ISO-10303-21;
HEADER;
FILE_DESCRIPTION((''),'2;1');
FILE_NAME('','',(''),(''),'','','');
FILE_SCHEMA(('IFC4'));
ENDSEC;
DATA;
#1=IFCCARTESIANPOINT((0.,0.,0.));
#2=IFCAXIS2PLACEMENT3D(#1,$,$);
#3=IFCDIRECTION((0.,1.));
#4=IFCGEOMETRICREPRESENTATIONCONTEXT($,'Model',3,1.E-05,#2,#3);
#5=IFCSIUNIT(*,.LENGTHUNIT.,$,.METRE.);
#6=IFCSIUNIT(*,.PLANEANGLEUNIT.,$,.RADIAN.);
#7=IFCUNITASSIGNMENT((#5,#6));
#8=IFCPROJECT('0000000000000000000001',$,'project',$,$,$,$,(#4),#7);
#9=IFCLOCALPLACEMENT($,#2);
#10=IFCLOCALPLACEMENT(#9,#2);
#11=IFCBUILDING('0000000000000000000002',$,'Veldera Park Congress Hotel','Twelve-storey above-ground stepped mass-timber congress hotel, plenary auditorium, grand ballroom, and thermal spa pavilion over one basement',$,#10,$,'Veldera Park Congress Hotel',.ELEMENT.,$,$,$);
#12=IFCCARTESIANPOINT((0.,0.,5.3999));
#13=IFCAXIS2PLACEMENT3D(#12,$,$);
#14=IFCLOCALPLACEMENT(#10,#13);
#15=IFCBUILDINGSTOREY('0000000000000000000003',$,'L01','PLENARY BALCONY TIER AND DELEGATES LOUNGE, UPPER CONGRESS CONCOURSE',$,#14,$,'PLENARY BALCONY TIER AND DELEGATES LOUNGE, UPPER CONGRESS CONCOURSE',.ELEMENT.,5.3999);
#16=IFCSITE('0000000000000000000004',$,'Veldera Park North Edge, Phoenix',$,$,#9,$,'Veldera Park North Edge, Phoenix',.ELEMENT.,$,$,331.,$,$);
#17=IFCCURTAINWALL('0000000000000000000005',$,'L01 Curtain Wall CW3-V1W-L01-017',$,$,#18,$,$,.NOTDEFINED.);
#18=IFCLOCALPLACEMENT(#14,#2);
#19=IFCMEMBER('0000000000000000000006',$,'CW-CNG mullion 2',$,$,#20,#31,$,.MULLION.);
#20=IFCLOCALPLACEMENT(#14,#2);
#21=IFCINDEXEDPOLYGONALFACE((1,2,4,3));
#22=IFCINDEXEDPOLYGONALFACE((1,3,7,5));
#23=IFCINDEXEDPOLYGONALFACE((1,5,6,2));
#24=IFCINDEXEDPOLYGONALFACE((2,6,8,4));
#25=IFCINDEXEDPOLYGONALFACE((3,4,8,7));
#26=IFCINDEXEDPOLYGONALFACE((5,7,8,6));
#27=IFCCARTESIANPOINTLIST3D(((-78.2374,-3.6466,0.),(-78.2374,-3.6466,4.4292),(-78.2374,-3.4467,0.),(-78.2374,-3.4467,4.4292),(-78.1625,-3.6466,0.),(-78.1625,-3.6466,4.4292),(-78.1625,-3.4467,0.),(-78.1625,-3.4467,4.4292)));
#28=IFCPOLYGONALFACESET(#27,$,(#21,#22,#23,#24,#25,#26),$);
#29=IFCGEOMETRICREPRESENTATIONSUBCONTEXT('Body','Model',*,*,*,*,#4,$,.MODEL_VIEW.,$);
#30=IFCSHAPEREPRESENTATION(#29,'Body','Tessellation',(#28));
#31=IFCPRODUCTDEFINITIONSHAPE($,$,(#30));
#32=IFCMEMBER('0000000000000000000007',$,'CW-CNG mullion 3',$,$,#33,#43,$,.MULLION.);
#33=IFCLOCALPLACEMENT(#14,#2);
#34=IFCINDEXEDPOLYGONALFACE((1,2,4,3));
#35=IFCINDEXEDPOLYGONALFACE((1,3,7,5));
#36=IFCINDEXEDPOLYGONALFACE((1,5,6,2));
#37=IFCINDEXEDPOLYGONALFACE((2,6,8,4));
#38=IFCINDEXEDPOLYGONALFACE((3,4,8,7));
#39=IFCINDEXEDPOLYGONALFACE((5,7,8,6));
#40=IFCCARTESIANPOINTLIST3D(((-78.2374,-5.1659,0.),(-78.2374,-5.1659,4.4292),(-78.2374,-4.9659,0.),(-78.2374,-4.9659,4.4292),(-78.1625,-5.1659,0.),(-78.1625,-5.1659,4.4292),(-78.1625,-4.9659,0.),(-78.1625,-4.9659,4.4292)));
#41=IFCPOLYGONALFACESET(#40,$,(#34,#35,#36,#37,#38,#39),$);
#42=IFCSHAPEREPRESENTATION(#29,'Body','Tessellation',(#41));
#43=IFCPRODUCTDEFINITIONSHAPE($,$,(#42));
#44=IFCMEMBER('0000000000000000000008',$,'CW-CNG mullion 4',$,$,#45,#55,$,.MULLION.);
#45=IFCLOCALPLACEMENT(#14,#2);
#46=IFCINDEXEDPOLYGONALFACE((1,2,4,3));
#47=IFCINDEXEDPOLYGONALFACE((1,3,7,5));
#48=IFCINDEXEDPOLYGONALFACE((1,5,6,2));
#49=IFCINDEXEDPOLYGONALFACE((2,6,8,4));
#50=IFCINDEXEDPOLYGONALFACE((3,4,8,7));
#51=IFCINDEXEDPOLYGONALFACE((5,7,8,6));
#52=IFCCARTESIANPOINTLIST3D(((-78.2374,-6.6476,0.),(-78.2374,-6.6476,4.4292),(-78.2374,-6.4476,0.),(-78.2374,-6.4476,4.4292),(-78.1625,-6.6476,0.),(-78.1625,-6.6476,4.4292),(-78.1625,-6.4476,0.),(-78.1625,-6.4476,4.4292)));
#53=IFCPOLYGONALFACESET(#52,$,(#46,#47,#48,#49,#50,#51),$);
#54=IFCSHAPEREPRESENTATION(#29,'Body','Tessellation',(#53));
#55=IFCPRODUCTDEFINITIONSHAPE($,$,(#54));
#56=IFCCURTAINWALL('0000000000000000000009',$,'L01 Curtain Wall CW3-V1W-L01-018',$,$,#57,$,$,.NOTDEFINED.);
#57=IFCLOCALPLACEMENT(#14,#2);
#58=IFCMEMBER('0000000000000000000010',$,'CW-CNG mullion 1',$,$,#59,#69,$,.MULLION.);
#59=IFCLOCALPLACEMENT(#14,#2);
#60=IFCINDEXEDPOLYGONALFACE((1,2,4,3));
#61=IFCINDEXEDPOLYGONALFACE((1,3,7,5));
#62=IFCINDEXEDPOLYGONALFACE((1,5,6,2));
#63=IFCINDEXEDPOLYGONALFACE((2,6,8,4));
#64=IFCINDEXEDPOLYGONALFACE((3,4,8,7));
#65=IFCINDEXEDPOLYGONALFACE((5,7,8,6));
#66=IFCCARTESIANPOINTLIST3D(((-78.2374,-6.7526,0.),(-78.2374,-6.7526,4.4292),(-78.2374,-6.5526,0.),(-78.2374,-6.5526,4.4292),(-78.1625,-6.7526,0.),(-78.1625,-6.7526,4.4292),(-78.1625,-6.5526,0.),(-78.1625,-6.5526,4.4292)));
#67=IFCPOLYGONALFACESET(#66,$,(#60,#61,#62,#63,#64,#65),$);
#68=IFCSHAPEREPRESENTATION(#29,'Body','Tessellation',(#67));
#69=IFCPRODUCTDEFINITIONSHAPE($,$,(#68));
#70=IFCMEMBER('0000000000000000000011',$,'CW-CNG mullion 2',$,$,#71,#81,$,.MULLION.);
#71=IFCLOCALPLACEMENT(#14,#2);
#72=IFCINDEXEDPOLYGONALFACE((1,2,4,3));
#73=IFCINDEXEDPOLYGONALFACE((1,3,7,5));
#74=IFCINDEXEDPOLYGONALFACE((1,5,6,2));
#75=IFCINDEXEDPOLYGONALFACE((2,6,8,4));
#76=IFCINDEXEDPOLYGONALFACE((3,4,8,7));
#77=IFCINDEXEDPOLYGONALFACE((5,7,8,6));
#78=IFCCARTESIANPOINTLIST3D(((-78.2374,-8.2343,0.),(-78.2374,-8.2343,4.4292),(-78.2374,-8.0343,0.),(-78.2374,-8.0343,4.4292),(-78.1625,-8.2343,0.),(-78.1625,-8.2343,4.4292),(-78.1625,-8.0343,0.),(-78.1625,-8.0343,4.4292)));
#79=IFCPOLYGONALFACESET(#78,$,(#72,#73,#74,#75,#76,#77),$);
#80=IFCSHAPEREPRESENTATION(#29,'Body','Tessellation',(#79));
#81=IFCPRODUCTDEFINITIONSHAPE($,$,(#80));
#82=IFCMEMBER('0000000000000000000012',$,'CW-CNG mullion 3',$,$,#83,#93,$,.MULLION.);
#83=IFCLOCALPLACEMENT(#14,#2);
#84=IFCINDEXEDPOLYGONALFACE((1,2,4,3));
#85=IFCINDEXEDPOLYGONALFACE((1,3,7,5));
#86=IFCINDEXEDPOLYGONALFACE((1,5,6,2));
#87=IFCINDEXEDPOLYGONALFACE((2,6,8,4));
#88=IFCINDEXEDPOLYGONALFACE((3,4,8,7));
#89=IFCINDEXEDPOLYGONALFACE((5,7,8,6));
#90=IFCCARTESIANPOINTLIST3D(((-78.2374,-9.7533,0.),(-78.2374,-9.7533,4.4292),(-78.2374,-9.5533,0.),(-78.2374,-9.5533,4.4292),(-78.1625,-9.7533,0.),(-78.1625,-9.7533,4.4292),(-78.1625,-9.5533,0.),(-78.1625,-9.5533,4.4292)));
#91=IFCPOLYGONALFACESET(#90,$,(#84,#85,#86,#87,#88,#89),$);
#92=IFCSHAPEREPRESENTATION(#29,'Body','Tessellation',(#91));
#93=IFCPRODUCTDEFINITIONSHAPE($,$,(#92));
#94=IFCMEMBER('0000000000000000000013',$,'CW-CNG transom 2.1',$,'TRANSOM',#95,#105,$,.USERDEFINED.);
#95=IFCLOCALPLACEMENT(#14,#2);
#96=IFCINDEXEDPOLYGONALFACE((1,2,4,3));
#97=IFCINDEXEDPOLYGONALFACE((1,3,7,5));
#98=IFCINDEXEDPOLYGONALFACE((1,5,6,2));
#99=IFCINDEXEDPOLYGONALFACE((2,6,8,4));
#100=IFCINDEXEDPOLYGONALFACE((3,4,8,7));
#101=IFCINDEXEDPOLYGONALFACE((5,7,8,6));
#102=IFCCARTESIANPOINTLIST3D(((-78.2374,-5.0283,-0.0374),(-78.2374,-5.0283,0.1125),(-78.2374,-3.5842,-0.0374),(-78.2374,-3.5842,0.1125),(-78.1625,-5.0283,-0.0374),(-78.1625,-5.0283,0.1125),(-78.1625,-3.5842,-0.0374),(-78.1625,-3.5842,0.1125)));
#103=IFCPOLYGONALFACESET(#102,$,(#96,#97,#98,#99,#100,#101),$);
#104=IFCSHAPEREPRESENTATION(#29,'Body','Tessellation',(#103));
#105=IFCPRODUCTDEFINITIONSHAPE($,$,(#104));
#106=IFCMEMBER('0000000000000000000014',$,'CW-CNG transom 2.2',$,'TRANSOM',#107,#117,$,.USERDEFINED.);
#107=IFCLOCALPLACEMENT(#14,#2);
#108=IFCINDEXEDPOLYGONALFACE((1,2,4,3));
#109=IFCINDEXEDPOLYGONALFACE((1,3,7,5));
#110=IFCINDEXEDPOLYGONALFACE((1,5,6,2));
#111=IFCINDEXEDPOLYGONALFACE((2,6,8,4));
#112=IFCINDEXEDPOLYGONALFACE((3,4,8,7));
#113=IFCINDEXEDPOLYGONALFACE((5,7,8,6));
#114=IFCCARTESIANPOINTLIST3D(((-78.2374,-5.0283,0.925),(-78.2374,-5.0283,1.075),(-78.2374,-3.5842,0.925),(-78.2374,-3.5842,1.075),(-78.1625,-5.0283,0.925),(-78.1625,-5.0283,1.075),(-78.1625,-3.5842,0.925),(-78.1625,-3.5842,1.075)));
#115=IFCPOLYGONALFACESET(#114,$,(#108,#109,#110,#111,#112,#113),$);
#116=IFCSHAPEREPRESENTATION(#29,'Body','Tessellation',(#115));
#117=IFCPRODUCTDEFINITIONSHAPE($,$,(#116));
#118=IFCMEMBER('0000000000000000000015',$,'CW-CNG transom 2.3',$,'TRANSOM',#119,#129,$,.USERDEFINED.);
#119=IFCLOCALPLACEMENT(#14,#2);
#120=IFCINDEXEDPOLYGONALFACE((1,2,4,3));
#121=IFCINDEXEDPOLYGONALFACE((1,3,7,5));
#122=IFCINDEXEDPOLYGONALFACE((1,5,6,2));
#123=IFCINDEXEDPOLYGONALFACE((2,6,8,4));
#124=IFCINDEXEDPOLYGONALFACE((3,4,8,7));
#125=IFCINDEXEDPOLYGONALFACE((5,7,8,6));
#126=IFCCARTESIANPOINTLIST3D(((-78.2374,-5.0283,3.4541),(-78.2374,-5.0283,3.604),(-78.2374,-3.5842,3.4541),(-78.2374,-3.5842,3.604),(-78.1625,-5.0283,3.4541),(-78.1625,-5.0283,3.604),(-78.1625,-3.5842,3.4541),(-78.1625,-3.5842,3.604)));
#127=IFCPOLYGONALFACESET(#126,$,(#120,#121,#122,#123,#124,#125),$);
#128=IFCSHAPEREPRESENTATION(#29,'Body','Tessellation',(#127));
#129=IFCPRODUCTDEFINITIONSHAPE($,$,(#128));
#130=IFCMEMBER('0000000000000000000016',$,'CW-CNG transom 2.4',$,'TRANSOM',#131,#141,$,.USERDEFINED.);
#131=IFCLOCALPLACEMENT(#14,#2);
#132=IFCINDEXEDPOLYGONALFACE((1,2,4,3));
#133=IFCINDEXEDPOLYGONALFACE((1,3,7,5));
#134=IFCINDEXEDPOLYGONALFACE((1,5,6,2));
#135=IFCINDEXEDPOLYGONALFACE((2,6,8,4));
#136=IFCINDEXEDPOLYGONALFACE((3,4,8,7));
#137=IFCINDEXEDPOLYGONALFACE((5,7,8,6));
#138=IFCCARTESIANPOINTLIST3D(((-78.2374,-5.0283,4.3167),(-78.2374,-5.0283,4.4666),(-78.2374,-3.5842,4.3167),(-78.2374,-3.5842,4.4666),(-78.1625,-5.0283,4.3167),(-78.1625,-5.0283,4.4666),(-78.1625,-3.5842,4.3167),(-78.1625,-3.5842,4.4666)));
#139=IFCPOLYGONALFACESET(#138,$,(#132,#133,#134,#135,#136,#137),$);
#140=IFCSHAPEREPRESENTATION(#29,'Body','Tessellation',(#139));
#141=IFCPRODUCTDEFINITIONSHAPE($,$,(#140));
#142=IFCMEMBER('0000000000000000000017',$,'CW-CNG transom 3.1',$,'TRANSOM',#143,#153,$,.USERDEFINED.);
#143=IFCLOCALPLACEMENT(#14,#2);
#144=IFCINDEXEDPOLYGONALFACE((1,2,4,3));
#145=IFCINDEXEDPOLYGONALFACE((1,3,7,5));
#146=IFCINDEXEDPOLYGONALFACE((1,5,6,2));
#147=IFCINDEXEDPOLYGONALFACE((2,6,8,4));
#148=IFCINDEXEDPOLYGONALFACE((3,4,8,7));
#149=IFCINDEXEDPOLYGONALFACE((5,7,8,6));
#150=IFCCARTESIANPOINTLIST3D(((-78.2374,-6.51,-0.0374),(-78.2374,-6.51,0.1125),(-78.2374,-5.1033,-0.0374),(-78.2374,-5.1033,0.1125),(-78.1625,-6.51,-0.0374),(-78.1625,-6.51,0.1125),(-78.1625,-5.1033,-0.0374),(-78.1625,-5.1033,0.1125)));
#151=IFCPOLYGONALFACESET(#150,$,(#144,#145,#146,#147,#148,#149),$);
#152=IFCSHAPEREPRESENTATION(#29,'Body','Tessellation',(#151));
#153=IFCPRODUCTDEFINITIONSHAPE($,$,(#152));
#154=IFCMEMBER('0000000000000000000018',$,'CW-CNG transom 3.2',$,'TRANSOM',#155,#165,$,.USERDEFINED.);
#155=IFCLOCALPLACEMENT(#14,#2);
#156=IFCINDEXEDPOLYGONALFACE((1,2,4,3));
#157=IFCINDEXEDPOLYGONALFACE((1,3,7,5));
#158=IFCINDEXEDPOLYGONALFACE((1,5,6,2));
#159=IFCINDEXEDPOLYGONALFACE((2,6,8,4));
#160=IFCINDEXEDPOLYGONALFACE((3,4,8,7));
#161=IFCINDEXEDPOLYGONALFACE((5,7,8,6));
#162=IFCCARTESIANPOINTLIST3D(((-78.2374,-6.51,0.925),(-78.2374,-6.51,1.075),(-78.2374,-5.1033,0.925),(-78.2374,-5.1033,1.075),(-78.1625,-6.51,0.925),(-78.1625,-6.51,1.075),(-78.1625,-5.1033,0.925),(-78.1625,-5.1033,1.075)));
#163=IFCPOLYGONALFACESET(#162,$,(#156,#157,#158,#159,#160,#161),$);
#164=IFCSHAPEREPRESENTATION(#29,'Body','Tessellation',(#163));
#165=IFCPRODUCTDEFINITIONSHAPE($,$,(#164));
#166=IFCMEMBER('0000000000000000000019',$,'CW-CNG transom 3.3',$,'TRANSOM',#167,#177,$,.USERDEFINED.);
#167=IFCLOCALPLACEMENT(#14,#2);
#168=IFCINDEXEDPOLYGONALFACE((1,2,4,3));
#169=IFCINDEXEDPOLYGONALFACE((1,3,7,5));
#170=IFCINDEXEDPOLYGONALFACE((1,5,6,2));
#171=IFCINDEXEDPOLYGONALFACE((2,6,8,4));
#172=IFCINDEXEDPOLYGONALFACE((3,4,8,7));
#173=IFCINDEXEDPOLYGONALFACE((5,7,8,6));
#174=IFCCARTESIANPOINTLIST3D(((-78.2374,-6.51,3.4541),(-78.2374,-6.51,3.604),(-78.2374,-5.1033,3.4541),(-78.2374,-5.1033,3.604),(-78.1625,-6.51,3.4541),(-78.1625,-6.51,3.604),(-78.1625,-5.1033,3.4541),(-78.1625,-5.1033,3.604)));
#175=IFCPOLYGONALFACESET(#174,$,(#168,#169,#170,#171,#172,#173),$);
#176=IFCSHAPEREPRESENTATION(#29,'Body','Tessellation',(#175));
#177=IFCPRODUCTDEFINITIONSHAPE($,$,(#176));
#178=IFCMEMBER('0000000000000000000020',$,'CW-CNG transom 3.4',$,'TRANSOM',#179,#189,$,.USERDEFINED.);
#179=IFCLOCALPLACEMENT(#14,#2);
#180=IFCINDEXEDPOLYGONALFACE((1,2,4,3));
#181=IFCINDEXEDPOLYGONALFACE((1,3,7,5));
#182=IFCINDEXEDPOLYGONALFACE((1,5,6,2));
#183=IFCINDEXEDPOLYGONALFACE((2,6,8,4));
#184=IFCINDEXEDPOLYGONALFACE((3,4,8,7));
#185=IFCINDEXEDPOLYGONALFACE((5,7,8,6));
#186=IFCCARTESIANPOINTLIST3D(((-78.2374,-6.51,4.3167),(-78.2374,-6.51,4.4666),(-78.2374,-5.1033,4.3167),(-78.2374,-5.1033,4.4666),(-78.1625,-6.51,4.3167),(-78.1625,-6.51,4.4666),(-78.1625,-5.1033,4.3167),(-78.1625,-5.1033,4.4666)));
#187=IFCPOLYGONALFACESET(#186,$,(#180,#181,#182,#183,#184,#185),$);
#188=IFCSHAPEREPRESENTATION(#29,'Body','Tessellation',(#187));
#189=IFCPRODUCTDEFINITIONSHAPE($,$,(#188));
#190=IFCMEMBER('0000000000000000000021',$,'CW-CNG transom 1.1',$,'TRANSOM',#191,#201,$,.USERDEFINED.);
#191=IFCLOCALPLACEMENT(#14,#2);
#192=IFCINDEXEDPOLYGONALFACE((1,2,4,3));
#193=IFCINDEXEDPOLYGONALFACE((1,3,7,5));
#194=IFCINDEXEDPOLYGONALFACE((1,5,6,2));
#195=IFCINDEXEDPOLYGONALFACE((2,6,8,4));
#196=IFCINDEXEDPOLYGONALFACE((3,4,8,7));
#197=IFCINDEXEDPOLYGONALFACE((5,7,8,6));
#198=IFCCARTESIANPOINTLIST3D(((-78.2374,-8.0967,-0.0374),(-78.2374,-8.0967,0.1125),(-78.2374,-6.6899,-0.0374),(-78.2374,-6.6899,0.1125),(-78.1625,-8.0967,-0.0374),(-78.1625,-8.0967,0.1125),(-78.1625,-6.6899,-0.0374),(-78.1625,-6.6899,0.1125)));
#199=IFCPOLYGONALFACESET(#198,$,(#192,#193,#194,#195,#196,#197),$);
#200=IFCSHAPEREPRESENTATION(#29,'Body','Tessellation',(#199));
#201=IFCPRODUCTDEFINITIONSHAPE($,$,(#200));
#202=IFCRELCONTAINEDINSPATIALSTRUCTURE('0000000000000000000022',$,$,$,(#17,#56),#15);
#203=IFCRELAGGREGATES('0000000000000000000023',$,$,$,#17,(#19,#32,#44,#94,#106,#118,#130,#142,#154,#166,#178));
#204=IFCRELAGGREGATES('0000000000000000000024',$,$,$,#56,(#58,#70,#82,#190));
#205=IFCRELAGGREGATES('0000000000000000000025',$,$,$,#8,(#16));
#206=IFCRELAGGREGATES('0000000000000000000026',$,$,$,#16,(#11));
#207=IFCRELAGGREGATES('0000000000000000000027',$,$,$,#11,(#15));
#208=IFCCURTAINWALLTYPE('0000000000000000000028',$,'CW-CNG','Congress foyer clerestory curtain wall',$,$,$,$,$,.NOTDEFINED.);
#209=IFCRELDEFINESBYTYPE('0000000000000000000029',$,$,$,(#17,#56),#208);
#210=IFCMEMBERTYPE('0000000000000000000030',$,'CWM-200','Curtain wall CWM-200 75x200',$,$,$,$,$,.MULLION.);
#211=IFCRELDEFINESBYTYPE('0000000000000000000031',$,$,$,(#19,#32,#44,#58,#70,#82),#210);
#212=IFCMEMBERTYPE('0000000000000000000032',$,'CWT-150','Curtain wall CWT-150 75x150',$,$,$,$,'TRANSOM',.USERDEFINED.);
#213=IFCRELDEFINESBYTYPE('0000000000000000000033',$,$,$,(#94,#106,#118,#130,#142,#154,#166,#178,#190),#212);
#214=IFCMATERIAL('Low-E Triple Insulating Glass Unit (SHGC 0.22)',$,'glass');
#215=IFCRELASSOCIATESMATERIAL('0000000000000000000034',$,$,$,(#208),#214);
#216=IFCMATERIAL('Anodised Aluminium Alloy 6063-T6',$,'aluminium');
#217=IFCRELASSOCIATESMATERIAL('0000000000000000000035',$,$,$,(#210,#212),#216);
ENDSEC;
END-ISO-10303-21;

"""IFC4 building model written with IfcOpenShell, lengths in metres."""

from ifc_helpers import new_model, si_unit, direction, frame, origin, origin_2d, place, context, subcontext, project, spatial, rectangle, extrude, material, material_profile, profile_set, type_object, element, aggregate, save


model = new_model("IFC4")

# Units and contexts
model_context = context("Model", 3, precision=1e-05, world=origin(), true_north=direction((0.0, 1.0)))
body_context = subcontext(model_context, "Body", "Model", "MODEL_VIEW")
ifc_project = project(units=[si_unit("LENGTHUNIT", "METRE"), si_unit("PLANEANGLEUNIT", "RADIAN")], contexts=[model_context])

# Site, building, storey
site_placement = place(None, origin())
site = spatial("IfcSite", under=ifc_project, at=site_placement, Name="Veldera Park North Edge, Phoenix", LongName="Veldera Park North Edge, Phoenix", CompositionType="ELEMENT", RefElevation=331.0)
building_placement = place(site_placement, origin())
building = spatial("IfcBuilding", under=site, at=building_placement, Name="Veldera Park Congress Hotel", Description="Twelve-storey above-ground stepped mass-timber congress hotel, plenary auditorium, grand ballroom, and thermal spa pavilion over one basement", LongName="Veldera Park Congress Hotel", CompositionType="ELEMENT")
storey_placement = place(building_placement, frame((0.0, 0.0, 5.3999)))
storey = spatial("IfcBuildingStorey", under=building, at=storey_placement, Name="L01", Description="PLENARY BALCONY TIER AND DELEGATES LOUNGE, UPPER CONGRESS CONCOURSE", LongName="PLENARY BALCONY TIER AND DELEGATES LOUNGE, UPPER CONGRESS CONCOURSE", CompositionType="ELEMENT", Elevation=5.3999)

# Curtain walls, members
ifc_material_1 = material(Name="Low-E Triple Insulating Glass Unit (SHGC 0.22)", Category="glass")
curtain_wall_type = type_object("IfcCurtainWallType", Name="CW-CNG", Description="Congress foyer clerestory curtain wall", PredefinedType="NOTDEFINED", material=ifc_material_1)
curtain_wall_1_placement = place(storey_placement, origin())
curtain_wall_1 = element("IfcCurtainWall", 1, at=curtain_wall_1_placement, inside=storey, type_object=curtain_wall_type, Name="L01 Curtain Wall CW3-V1W-L01-017", PredefinedType="NOTDEFINED")
ifc_material_2 = material(Name="Anodised Aluminium Alloy 6063-T6", Category="aluminium")
ifc_material_profile_1 = material_profile(ifc_material_2, rectangle(XDim=0.075, YDim=0.2, at=origin_2d()), Name="ALU 75x200")
ifc_profile_set_1 = profile_set([ifc_material_profile_1], Name="Anodised Aluminium Alloy 6063-T6")
member_type_1 = type_object("IfcMemberType", Name="CWM-200", Description="Curtain wall CWM-200 75x200", PredefinedType="MULLION", material=ifc_profile_set_1)
member_1_placement = place(storey_placement, frame((-78.2, -3.5466, 0.0), z_axis=(0.0, 0.0, 1.0), x_axis=(1.0, 0.0, 0.0)))
member_1 = element("IfcMember", 2, at=member_1_placement, type_object=member_type_1, Name="CW-CNG mullion 2", PredefinedType="MULLION", context=body_context, shape_type="SweptSolid", body=[
    extrude(rectangle(XDim=0.075, YDim=0.2, at=origin_2d()), origin(), (0.0, 0.0, 1.0), 4.4292),
])
member_2_placement = place(storey_placement, frame((-78.2, -5.0659, 0.0), z_axis=(0.0, 0.0, 1.0), x_axis=(1.0, 0.0, 0.0)))
member_2 = element("IfcMember", 3, at=member_2_placement, type_object=member_type_1, Name="CW-CNG mullion 3", PredefinedType="MULLION", context=body_context, shape_type="SweptSolid", body=[
    extrude(rectangle(XDim=0.075, YDim=0.2, at=origin_2d()), origin(), (0.0, 0.0, 1.0), 4.4292),
])
member_3_placement = place(storey_placement, frame((-78.2, -6.5476, 0.0), z_axis=(0.0, 0.0, 1.0), x_axis=(1.0, 0.0, 0.0)))
member_3 = element("IfcMember", 4, at=member_3_placement, type_object=member_type_1, Name="CW-CNG mullion 4", PredefinedType="MULLION", context=body_context, shape_type="SweptSolid", body=[
    extrude(rectangle(XDim=0.075, YDim=0.2, at=origin_2d()), origin(), (0.0, 0.0, 1.0), 4.4292),
])
curtain_wall_2_placement = place(storey_placement, origin())
curtain_wall_2 = element("IfcCurtainWall", 5, at=curtain_wall_2_placement, inside=storey, type_object=curtain_wall_type, Name="L01 Curtain Wall CW3-V1W-L01-018", PredefinedType="NOTDEFINED")
member_4_placement = place(storey_placement, frame((-78.2, -6.6526, 0.0), z_axis=(0.0, 0.0, 1.0), x_axis=(1.0, 0.0, 0.0)))
member_4 = element("IfcMember", 6, at=member_4_placement, type_object=member_type_1, Name="CW-CNG mullion 1", PredefinedType="MULLION", context=body_context, shape_type="SweptSolid", body=[
    extrude(rectangle(XDim=0.075, YDim=0.2, at=origin_2d()), origin(), (0.0, 0.0, 1.0), 4.4292),
])
member_5_placement = place(storey_placement, frame((-78.2, -8.1343, 0.0), z_axis=(0.0, 0.0, 1.0), x_axis=(1.0, 0.0, 0.0)))
member_5 = element("IfcMember", 7, at=member_5_placement, type_object=member_type_1, Name="CW-CNG mullion 2", PredefinedType="MULLION", context=body_context, shape_type="SweptSolid", body=[
    extrude(rectangle(XDim=0.075, YDim=0.2, at=origin_2d()), origin(), (0.0, 0.0, 1.0), 4.4292),
])
member_6_placement = place(storey_placement, frame((-78.2, -9.6533, 0.0), z_axis=(0.0, 0.0, 1.0), x_axis=(1.0, 0.0, 0.0)))
member_6 = element("IfcMember", 8, at=member_6_placement, type_object=member_type_1, Name="CW-CNG mullion 3", PredefinedType="MULLION", context=body_context, shape_type="SweptSolid", body=[
    extrude(rectangle(XDim=0.075, YDim=0.2, at=origin_2d()), origin(), (0.0, 0.0, 1.0), 4.4292),
])

# Members
ifc_material_profile_2 = material_profile(ifc_material_2, rectangle(XDim=0.075, YDim=0.1499, at=origin_2d()), Name="ALU 75x150")
ifc_profile_set_2 = profile_set([ifc_material_profile_2], Name="Anodised Aluminium Alloy 6063-T6")
member_type_2 = type_object("IfcMemberType", Name="CWT-150", Description="Curtain wall CWT-150 75x150", ElementType="TRANSOM", PredefinedType="USERDEFINED", material=ifc_profile_set_2)
member_7_placement = place(storey_placement, frame((-78.2, -3.5842, 0.0376), z_axis=(0.0, -1.0, 0.0), x_axis=(1.0, 0.0, 0.0)))
member_7 = element("IfcMember", 9, at=member_7_placement, type_object=member_type_2, Name="CW-CNG transom 2.1", ObjectType="TRANSOM", PredefinedType="USERDEFINED", context=body_context, shape_type="SweptSolid", body=[
    extrude(rectangle(XDim=0.075, YDim=0.1499, at=origin_2d()), origin(), (0.0, 0.0, 1.0), 1.4441),
])
member_8_placement = place(storey_placement, frame((-78.2, -3.5842, 1.0), z_axis=(0.0, -1.0, 0.0), x_axis=(1.0, 0.0, 0.0)))
member_8 = element("IfcMember", 10, at=member_8_placement, type_object=member_type_2, Name="CW-CNG transom 2.2", ObjectType="TRANSOM", PredefinedType="USERDEFINED", context=body_context, shape_type="SweptSolid", body=[
    extrude(rectangle(XDim=0.075, YDim=0.1499, at=origin_2d()), origin(), (0.0, 0.0, 1.0), 1.4441),
])
member_9_placement = place(storey_placement, frame((-78.2, -3.5842, 3.5291), z_axis=(0.0, -1.0, 0.0), x_axis=(1.0, 0.0, 0.0)))
member_9 = element("IfcMember", 11, at=member_9_placement, type_object=member_type_2, Name="CW-CNG transom 2.3", ObjectType="TRANSOM", PredefinedType="USERDEFINED", context=body_context, shape_type="SweptSolid", body=[
    extrude(rectangle(XDim=0.075, YDim=0.1499, at=origin_2d()), origin(), (0.0, 0.0, 1.0), 1.4441),
])
member_10_placement = place(storey_placement, frame((-78.2, -3.5842, 4.3916), z_axis=(0.0, -1.0, 0.0), x_axis=(1.0, 0.0, 0.0)))
member_10 = element("IfcMember", 12, at=member_10_placement, type_object=member_type_2, Name="CW-CNG transom 2.4", ObjectType="TRANSOM", PredefinedType="USERDEFINED", context=body_context, shape_type="SweptSolid", body=[
    extrude(rectangle(XDim=0.075, YDim=0.1499, at=origin_2d()), origin(), (0.0, 0.0, 1.0), 1.4441),
])
member_11_placement = place(storey_placement, frame((-78.2, -5.1033, 0.0376), z_axis=(0.0, -1.0, 0.0), x_axis=(1.0, 0.0, 0.0)))
member_11 = element("IfcMember", 13, at=member_11_placement, type_object=member_type_2, Name="CW-CNG transom 3.1", ObjectType="TRANSOM", PredefinedType="USERDEFINED", context=body_context, shape_type="SweptSolid", body=[
    extrude(rectangle(XDim=0.075, YDim=0.1499, at=origin_2d()), origin(), (0.0, 0.0, 1.0), 1.4067),
])
member_12_placement = place(storey_placement, frame((-78.2, -5.1033, 1.0), z_axis=(0.0, -1.0, 0.0), x_axis=(1.0, 0.0, 0.0)))
member_12 = element("IfcMember", 14, at=member_12_placement, type_object=member_type_2, Name="CW-CNG transom 3.2", ObjectType="TRANSOM", PredefinedType="USERDEFINED", context=body_context, shape_type="SweptSolid", body=[
    extrude(rectangle(XDim=0.075, YDim=0.1499, at=origin_2d()), origin(), (0.0, 0.0, 1.0), 1.4067),
])
member_13_placement = place(storey_placement, frame((-78.2, -5.1033, 3.5291), z_axis=(0.0, -1.0, 0.0), x_axis=(1.0, 0.0, 0.0)))
member_13 = element("IfcMember", 15, at=member_13_placement, type_object=member_type_2, Name="CW-CNG transom 3.3", ObjectType="TRANSOM", PredefinedType="USERDEFINED", context=body_context, shape_type="SweptSolid", body=[
    extrude(rectangle(XDim=0.075, YDim=0.1499, at=origin_2d()), origin(), (0.0, 0.0, 1.0), 1.4067),
])
member_14_placement = place(storey_placement, frame((-78.2, -5.1033, 4.3916), z_axis=(0.0, -1.0, 0.0), x_axis=(1.0, 0.0, 0.0)))
member_14 = element("IfcMember", 16, at=member_14_placement, type_object=member_type_2, Name="CW-CNG transom 3.4", ObjectType="TRANSOM", PredefinedType="USERDEFINED", context=body_context, shape_type="SweptSolid", body=[
    extrude(rectangle(XDim=0.075, YDim=0.1499, at=origin_2d()), origin(), (0.0, 0.0, 1.0), 1.4067),
])
member_15_placement = place(storey_placement, frame((-78.2, -6.6899, 0.0376), z_axis=(0.0, -1.0, 0.0), x_axis=(1.0, 0.0, 0.0)))
member_15 = element("IfcMember", 17, at=member_15_placement, type_object=member_type_2, Name="CW-CNG transom 1.1", ObjectType="TRANSOM", PredefinedType="USERDEFINED", context=body_context, shape_type="SweptSolid", body=[
    extrude(rectangle(XDim=0.075, YDim=0.1499, at=origin_2d()), origin(), (0.0, 0.0, 1.0), 1.4067),
])

aggregate(curtain_wall_1, [member_1, member_2, member_3, member_7, member_8, member_9, member_10, member_11, member_12, member_13, member_14])
aggregate(curtain_wall_2, [member_4, member_5, member_6, member_15])

save(model, "model.ifc")
